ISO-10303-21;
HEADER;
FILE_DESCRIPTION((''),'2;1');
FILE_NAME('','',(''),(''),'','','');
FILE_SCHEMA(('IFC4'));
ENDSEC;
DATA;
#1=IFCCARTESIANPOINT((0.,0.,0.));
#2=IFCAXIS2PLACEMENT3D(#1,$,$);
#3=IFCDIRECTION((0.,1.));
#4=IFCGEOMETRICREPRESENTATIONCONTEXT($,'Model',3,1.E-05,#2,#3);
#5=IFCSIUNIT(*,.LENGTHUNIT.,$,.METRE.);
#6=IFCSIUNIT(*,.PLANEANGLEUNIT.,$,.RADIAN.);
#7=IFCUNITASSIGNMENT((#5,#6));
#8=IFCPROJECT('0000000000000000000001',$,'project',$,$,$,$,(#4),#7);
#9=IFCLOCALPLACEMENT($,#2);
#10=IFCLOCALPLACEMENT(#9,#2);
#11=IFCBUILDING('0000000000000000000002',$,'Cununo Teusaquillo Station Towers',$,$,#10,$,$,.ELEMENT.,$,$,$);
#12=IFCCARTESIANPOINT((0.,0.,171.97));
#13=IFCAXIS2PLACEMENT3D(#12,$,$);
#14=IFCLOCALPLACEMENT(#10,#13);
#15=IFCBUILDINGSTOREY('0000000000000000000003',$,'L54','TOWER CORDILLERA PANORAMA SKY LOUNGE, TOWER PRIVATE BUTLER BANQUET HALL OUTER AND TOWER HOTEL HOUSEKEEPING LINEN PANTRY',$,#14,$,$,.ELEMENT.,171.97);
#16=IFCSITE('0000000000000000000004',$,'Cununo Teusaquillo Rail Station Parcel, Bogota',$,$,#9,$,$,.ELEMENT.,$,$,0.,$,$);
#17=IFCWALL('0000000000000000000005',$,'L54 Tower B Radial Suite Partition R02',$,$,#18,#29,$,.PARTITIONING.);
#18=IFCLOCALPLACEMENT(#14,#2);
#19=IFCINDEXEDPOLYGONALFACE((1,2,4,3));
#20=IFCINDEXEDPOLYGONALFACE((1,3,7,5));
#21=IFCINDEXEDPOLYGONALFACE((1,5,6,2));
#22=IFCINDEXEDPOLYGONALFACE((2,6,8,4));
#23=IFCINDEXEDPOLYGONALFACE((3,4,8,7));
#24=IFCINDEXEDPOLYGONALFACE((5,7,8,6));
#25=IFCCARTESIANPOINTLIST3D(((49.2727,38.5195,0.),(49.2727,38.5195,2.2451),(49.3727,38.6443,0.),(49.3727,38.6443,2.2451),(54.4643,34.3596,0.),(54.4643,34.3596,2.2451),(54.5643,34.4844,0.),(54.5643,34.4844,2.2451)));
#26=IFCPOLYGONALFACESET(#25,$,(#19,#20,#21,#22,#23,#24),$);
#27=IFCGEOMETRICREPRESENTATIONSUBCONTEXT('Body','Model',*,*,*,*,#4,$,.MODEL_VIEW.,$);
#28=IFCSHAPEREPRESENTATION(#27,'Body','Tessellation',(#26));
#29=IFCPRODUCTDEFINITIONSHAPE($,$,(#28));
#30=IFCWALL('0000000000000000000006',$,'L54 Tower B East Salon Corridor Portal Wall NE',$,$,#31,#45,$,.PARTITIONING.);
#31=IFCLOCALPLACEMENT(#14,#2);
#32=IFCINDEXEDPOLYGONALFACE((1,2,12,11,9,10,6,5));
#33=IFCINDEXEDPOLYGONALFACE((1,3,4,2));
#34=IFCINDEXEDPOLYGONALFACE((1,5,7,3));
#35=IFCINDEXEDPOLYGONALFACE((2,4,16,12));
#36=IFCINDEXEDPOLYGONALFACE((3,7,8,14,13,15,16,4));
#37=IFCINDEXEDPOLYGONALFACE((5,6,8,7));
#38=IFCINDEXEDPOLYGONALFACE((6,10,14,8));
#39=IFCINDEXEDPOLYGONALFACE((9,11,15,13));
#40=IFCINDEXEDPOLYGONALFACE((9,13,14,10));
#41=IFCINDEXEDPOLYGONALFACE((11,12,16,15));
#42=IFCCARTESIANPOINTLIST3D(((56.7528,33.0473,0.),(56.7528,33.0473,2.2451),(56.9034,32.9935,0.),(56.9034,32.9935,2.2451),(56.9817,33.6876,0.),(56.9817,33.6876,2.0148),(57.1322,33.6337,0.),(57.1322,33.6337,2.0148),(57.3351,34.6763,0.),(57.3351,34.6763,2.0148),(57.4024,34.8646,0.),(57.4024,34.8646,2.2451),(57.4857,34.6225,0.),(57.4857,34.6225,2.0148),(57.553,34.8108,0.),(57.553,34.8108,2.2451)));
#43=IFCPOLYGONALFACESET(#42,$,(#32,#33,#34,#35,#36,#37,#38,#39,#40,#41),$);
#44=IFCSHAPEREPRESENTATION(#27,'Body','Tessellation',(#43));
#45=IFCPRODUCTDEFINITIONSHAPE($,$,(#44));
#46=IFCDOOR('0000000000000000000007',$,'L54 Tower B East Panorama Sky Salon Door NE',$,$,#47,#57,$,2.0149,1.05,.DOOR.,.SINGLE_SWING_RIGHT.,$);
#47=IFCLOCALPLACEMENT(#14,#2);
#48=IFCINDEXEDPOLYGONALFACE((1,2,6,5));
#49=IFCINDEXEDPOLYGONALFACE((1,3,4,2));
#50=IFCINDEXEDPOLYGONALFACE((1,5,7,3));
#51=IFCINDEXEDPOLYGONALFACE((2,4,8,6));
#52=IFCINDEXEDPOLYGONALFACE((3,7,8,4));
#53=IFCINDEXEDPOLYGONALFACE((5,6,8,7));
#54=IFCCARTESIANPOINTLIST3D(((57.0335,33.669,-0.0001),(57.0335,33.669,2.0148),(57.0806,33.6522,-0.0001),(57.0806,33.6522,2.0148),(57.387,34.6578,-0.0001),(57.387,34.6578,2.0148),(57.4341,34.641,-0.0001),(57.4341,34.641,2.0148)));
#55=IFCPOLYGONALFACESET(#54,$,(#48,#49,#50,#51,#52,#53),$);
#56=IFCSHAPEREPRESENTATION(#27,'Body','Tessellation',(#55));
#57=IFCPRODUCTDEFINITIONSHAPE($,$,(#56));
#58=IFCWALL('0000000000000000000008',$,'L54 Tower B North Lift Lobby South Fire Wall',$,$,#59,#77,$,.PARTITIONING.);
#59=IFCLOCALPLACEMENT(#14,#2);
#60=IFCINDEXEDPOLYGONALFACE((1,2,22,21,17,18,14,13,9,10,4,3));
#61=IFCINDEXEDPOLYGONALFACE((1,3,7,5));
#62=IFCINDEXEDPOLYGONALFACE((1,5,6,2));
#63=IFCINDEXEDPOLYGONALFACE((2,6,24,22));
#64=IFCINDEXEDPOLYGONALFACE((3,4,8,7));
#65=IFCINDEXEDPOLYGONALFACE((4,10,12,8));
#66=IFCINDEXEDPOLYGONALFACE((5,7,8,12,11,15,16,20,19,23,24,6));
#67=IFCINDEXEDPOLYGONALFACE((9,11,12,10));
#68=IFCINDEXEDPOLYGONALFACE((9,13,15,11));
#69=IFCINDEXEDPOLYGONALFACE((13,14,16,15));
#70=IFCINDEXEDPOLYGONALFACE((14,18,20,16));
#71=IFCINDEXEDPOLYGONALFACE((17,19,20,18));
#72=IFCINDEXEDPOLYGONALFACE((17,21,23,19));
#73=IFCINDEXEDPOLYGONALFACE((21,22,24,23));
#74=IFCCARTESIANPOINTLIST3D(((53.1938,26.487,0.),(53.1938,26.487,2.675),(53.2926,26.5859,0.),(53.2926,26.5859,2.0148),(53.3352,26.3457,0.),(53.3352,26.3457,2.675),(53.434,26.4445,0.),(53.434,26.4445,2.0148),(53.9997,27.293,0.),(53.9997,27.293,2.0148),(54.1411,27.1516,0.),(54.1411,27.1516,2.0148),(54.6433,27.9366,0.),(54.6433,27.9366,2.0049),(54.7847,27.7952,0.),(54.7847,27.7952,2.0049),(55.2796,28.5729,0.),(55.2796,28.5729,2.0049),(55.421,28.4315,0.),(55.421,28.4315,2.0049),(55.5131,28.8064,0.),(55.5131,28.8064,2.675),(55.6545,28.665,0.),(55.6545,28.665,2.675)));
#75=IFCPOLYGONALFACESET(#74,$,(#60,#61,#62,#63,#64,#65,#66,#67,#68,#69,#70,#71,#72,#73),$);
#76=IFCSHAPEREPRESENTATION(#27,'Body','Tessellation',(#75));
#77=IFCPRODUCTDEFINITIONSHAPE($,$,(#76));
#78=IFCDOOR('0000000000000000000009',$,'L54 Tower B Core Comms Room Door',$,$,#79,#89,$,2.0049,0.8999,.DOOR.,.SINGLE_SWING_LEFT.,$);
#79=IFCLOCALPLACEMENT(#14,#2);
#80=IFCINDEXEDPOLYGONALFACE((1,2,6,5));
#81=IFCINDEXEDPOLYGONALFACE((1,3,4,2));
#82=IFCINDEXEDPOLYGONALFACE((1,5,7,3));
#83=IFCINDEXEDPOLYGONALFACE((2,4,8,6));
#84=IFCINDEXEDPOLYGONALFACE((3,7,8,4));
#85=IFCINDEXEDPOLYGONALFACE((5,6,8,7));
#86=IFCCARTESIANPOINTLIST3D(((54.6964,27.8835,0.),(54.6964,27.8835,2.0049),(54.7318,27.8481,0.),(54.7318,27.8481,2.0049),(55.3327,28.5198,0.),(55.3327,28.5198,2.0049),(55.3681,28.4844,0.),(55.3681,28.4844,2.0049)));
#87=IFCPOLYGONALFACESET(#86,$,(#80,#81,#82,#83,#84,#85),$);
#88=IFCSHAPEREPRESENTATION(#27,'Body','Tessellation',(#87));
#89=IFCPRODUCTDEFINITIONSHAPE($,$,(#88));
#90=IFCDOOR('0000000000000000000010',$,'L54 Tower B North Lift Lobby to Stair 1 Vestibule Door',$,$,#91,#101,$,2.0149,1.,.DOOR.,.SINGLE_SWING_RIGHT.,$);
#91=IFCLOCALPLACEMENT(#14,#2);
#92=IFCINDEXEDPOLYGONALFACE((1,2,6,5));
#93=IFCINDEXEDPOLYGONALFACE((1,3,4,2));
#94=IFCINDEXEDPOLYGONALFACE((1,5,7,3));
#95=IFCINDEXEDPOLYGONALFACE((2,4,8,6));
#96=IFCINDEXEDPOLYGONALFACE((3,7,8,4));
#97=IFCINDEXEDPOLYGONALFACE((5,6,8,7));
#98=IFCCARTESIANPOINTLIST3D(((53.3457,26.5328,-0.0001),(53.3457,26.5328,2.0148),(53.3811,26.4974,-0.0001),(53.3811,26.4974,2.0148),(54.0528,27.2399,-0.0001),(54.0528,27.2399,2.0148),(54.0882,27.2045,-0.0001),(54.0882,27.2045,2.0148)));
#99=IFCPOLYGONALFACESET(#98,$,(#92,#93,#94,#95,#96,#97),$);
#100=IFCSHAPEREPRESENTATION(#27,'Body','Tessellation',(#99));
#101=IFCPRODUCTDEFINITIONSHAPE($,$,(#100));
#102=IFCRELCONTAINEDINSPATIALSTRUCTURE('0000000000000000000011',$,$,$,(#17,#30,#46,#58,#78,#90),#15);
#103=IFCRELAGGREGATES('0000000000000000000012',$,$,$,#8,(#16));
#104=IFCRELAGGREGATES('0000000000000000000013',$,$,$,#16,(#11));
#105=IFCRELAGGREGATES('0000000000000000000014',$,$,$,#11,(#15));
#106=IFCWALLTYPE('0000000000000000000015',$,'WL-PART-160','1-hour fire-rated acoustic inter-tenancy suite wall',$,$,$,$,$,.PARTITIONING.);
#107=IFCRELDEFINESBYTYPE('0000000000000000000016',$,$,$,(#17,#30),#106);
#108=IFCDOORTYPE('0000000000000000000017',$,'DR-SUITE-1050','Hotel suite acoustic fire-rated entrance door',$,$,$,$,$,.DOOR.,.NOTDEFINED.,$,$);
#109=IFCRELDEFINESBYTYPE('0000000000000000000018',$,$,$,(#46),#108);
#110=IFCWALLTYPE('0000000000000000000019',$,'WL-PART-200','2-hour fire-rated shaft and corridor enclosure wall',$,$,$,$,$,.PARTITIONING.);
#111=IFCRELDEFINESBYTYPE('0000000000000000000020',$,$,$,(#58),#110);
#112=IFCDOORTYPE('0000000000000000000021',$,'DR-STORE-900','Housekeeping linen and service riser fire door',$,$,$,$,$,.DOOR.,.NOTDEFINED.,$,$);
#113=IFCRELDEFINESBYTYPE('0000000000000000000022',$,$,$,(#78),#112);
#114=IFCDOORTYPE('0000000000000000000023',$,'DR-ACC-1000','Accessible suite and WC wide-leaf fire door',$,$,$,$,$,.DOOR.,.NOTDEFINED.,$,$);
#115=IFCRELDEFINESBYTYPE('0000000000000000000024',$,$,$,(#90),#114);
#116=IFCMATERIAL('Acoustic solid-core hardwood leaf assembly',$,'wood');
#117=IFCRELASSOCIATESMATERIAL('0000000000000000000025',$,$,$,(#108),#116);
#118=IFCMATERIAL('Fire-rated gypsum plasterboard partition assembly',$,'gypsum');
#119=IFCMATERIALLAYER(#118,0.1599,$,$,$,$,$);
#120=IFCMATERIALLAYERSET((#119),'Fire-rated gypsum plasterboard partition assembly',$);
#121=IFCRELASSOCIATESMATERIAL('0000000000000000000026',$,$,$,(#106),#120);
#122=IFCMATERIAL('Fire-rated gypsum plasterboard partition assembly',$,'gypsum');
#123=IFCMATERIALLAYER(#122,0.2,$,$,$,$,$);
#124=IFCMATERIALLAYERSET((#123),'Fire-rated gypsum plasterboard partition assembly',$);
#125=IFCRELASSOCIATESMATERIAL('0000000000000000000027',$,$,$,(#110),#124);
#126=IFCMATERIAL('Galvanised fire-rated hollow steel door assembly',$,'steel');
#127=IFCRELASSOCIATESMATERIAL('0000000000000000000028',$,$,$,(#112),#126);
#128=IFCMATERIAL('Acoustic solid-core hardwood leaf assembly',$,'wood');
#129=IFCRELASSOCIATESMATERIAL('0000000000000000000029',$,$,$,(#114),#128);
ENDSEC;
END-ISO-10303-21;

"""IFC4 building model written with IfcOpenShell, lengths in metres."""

from ifc_helpers import new_model, si_unit, direction, frame, frame_2d, origin, place, context, subcontext, project, spatial, rectangle, extrude, source, transform, mapped, material, layer, layer_set, type_object, element, fill, save


model = new_model("IFC4")

# Units and contexts
model_context = context("Model", 3, precision=1e-05, world=origin(), true_north=direction((0.0, 1.0)))
body_context = subcontext(model_context, "Body", "Model", "MODEL_VIEW")
ifc_project = project(units=[si_unit("LENGTHUNIT", "METRE"), si_unit("PLANEANGLEUNIT", "RADIAN")], contexts=[model_context])

# Site, building, storey
site_placement = place(None, origin())
site = spatial("IfcSite", under=ifc_project, at=site_placement, Name="Cununo Teusaquillo Rail Station Parcel, Bogota", CompositionType="ELEMENT", RefElevation=0.0)
building_placement = place(site_placement, origin())
building = spatial("IfcBuilding", under=site, at=building_placement, Name="Cununo Teusaquillo Station Towers", CompositionType="ELEMENT")
storey_placement = place(building_placement, frame((0.0, 0.0, 171.97)))
storey = spatial("IfcBuildingStorey", under=building, at=storey_placement, Name="L54", Description="TOWER CORDILLERA PANORAMA SKY LOUNGE, TOWER PRIVATE BUTLER BANQUET HALL OUTER AND TOWER HOTEL HOUSEKEEPING LINEN PANTRY", CompositionType="ELEMENT", Elevation=171.97)

# Shared definitions
shared_shape_1 = source(origin(), body_context, "Body", "SweptSolid", [
    extrude(rectangle(XDim=0.8999, YDim=2.0049, at=frame_2d((0.45, 1.0024))), frame((0.0, 0.0249, 0.0), z_axis=(0.0, -1.0, 0.0), x_axis=(1.0, 0.0, 0.0)), (0.0, 0.0, 1.0), 0.05),
])

# Shared definitions
ifc_material_1 = material(Name="Acoustic solid-core hardwood leaf assembly", Category="wood")
door_type_1 = type_object("IfcDoorType", Name="DR-SUITE-1050", Description="Hotel suite acoustic fire-rated entrance door", OperationType="NOTDEFINED", PredefinedType="DOOR", material=ifc_material_1)
shared_shape_2 = source(origin(), body_context, "Body", "SweptSolid", [
    extrude(rectangle(XDim=1.05, YDim=2.0149, at=frame_2d((0.5249, 1.0073))), frame((0.0, 0.0249, 0.0), z_axis=(0.0, -1.0, 0.0), x_axis=(1.0, 0.0, 0.0)), (0.0, 0.0, 1.0), 0.05),
])

# Shared definitions
ifc_material_2 = material(Name="Fire-rated gypsum plasterboard partition assembly", Category="gypsum")
ifc_layer_1 = layer(ifc_material_2, 0.1599)
ifc_layer_set_1 = layer_set([ifc_layer_1], Name="Fire-rated gypsum plasterboard partition assembly")
wall_type_1 = type_object("IfcWallType", Name="WL-PART-160", Description="1-hour fire-rated acoustic inter-tenancy suite wall", PredefinedType="PARTITIONING", material=ifc_layer_set_1)

# Wall
wall_1_placement = place(storey_placement, frame((54.5142, 34.4221, 0.0), z_axis=(0.0, 0.0, 1.0), x_axis=(-0.780385, 0.625299, 0.0)))
element("IfcWall", 1, at=wall_1_placement, inside=storey, type_object=wall_type_1, Name="L54 Tower B Radial Suite Partition R02", PredefinedType="PARTITIONING", context=body_context, shape_type="SweptSolid", body=[
    extrude(rectangle(XDim=6.6526, YDim=0.1599, at=frame_2d((3.3262, 0.0))), origin(), (0.0, 0.0, 1.0), 2.2451),
])

# Wall, opening, door
wall_2_placement = place(storey_placement, frame((56.8281, 33.0205, 0.0), z_axis=(0.0, 0.0, 1.0), x_axis=(0.336609, 0.941645, 0.0)))
wall_2 = element("IfcWall", 2, at=wall_2_placement, inside=storey, type_object=wall_type_1, Name="L54 Tower B East Salon Corridor Portal Wall NE", PredefinedType="PARTITIONING", context=body_context, shape_type="SweptSolid", body=[
    extrude(rectangle(XDim=1.9299, YDim=0.1599, at=frame_2d((0.9648, 0.0))), origin(), (0.0, 0.0, 1.0), 2.2451),
])
shared_shape_3 = source(origin(), body_context, "Body", "SweptSolid", [
    extrude(rectangle(XDim=1.05, YDim=2.0149, at=frame_2d((0.5249, 1.0073))), frame((0.0, 0.0898, 0.0), z_axis=(0.0, -1.0, 0.0), x_axis=(1.0, 0.0, 0.0)), (0.0, 0.0, 1.0), 0.1799),
])
opening_1_placement = place(wall_2_placement, frame((0.6799, 0.0, 0.0)))
opening_1 = element("IfcOpeningElement", 3, at=opening_1_placement, cuts=wall_2, PredefinedType="OPENING", context=body_context, shape_type="MappedRepresentation", body=[
    mapped(shared_shape_3, transform((0.0, 0.0, 0.0), x_axis=(1.0, 0.0, 0.0), y_axis=(0.0, 1.0, 0.0), z_axis=(0.0, 0.0, 1.0), scale=1.0)),
])
door_1_placement = place(opening_1_placement, origin())
door_1 = element("IfcDoor", 4, at=door_1_placement, inside=storey, type_object=door_type_1, Name="L54 Tower B East Panorama Sky Salon Door NE", OperationType="SINGLE_SWING_RIGHT", OverallHeight=2.0149, OverallWidth=1.05, PredefinedType="DOOR", context=body_context, shape_type="MappedRepresentation", body=[
    mapped(shared_shape_2, transform((0.0, 0.0, 0.0), x_axis=(1.0, 0.0, 0.0), y_axis=(0.0, 1.0, 0.0), z_axis=(0.0, 0.0, 1.0), scale=1.0)),
])
fill(opening_1, door_1)

# Wall, openings, doors
ifc_material_3 = material(Name="Fire-rated gypsum plasterboard partition assembly", Category="gypsum")
ifc_layer_2 = layer(ifc_material_3, 0.2)
ifc_layer_set_2 = layer_set([ifc_layer_2], Name="Fire-rated gypsum plasterboard partition assembly")
wall_type_2 = type_object("IfcWallType", Name="WL-PART-200", Description="2-hour fire-rated shaft and corridor enclosure wall", PredefinedType="PARTITIONING", material=ifc_layer_set_2)
wall_3_placement = place(storey_placement, frame((53.2644, 26.4163, 0.0), z_axis=(0.0, 0.0, 1.0), x_axis=(0.707107, 0.707107, 0.0)))
wall_3 = element("IfcWall", 5, at=wall_3_placement, inside=storey, type_object=wall_type_2, Name="L54 Tower B North Lift Lobby South Fire Wall", PredefinedType="PARTITIONING", context=body_context, shape_type="SweptSolid", body=[
    extrude(rectangle(XDim=3.28, YDim=0.2, at=frame_2d((1.6401, 0.0))), origin(), (0.0, 0.0, 1.0), 2.675),
])
shared_shape_4 = source(origin(), body_context, "Body", "SweptSolid", [
    extrude(rectangle(XDim=1.0, YDim=2.0149, at=frame_2d((0.5, 1.0073))), frame((0.0, 0.1099, 0.0), z_axis=(0.0, -1.0, 0.0), x_axis=(1.0, 0.0, 0.0)), (0.0, 0.0, 1.0), 0.22),
])
opening_2_placement = place(wall_3_placement, frame((0.1399, 0.0, 0.0)))
opening_2 = element("IfcOpeningElement", 6, at=opening_2_placement, cuts=wall_3, PredefinedType="OPENING", context=body_context, shape_type="MappedRepresentation", body=[
    mapped(shared_shape_4, transform((0.0, 0.0, 0.0), x_axis=(1.0, 0.0, 0.0), y_axis=(0.0, 1.0, 0.0), z_axis=(0.0, 0.0, 1.0), scale=1.0)),
])
shared_shape_5 = source(origin(), body_context, "Body", "SweptSolid", [
    extrude(rectangle(XDim=0.8999, YDim=2.0049, at=frame_2d((0.45, 1.0024))), frame((0.0, 0.1099, 0.0), z_axis=(0.0, -1.0, 0.0), x_axis=(1.0, 0.0, 0.0)), (0.0, 0.0, 1.0), 0.22),
])
opening_3_placement = place(wall_3_placement, frame((2.05, 0.0, 0.0)))
opening_3 = element("IfcOpeningElement", 7, at=opening_3_placement, cuts=wall_3, PredefinedType="OPENING", context=body_context, shape_type="MappedRepresentation", body=[
    mapped(shared_shape_5, transform((0.0, 0.0, 0.0), x_axis=(1.0, 0.0, 0.0), y_axis=(0.0, 1.0, 0.0), z_axis=(0.0, 0.0, 1.0), scale=1.0)),
])
ifc_material_4 = material(Name="Galvanised fire-rated hollow steel door assembly", Category="steel")
door_type_2 = type_object("IfcDoorType", Name="DR-STORE-900", Description="Housekeeping linen and service riser fire door", OperationType="NOTDEFINED", PredefinedType="DOOR", material=ifc_material_4)
door_2_placement = place(opening_3_placement, origin())
door_2 = element("IfcDoor", 8, at=door_2_placement, inside=storey, type_object=door_type_2, Name="L54 Tower B Core Comms Room Door", OperationType="SINGLE_SWING_LEFT", OverallHeight=2.0049, OverallWidth=0.8999, PredefinedType="DOOR", context=body_context, shape_type="MappedRepresentation", body=[
    mapped(shared_shape_1, transform((0.0, 0.0, 0.0), x_axis=(1.0, 0.0, 0.0), y_axis=(0.0, 1.0, 0.0), z_axis=(0.0, 0.0, 1.0), scale=1.0)),
])
fill(opening_3, door_2)
ifc_material_5 = material(Name="Acoustic solid-core hardwood leaf assembly", Category="wood")
door_type_3 = type_object("IfcDoorType", Name="DR-ACC-1000", Description="Accessible suite and WC wide-leaf fire door", OperationType="NOTDEFINED", PredefinedType="DOOR", material=ifc_material_5)
shared_shape_6 = source(origin(), body_context, "Body", "SweptSolid", [
    extrude(rectangle(XDim=1.0, YDim=2.0149, at=frame_2d((0.5, 1.0073))), frame((0.0, 0.0249, 0.0), z_axis=(0.0, -1.0, 0.0), x_axis=(1.0, 0.0, 0.0)), (0.0, 0.0, 1.0), 0.05),
])
door_3_placement = place(opening_2_placement, origin())
door_3 = element("IfcDoor", 9, at=door_3_placement, inside=storey, type_object=door_type_3, Name="L54 Tower B North Lift Lobby to Stair 1 Vestibule Door", OperationType="SINGLE_SWING_RIGHT", OverallHeight=2.0149, OverallWidth=1.0, PredefinedType="DOOR", context=body_context, shape_type="MappedRepresentation", body=[
    mapped(shared_shape_6, transform((0.0, 0.0, 0.0), x_axis=(1.0, 0.0, 0.0), y_axis=(0.0, 1.0, 0.0), z_axis=(0.0, 0.0, 1.0), scale=1.0)),
])
fill(opening_2, door_3)

save(model, "model.ifc")
